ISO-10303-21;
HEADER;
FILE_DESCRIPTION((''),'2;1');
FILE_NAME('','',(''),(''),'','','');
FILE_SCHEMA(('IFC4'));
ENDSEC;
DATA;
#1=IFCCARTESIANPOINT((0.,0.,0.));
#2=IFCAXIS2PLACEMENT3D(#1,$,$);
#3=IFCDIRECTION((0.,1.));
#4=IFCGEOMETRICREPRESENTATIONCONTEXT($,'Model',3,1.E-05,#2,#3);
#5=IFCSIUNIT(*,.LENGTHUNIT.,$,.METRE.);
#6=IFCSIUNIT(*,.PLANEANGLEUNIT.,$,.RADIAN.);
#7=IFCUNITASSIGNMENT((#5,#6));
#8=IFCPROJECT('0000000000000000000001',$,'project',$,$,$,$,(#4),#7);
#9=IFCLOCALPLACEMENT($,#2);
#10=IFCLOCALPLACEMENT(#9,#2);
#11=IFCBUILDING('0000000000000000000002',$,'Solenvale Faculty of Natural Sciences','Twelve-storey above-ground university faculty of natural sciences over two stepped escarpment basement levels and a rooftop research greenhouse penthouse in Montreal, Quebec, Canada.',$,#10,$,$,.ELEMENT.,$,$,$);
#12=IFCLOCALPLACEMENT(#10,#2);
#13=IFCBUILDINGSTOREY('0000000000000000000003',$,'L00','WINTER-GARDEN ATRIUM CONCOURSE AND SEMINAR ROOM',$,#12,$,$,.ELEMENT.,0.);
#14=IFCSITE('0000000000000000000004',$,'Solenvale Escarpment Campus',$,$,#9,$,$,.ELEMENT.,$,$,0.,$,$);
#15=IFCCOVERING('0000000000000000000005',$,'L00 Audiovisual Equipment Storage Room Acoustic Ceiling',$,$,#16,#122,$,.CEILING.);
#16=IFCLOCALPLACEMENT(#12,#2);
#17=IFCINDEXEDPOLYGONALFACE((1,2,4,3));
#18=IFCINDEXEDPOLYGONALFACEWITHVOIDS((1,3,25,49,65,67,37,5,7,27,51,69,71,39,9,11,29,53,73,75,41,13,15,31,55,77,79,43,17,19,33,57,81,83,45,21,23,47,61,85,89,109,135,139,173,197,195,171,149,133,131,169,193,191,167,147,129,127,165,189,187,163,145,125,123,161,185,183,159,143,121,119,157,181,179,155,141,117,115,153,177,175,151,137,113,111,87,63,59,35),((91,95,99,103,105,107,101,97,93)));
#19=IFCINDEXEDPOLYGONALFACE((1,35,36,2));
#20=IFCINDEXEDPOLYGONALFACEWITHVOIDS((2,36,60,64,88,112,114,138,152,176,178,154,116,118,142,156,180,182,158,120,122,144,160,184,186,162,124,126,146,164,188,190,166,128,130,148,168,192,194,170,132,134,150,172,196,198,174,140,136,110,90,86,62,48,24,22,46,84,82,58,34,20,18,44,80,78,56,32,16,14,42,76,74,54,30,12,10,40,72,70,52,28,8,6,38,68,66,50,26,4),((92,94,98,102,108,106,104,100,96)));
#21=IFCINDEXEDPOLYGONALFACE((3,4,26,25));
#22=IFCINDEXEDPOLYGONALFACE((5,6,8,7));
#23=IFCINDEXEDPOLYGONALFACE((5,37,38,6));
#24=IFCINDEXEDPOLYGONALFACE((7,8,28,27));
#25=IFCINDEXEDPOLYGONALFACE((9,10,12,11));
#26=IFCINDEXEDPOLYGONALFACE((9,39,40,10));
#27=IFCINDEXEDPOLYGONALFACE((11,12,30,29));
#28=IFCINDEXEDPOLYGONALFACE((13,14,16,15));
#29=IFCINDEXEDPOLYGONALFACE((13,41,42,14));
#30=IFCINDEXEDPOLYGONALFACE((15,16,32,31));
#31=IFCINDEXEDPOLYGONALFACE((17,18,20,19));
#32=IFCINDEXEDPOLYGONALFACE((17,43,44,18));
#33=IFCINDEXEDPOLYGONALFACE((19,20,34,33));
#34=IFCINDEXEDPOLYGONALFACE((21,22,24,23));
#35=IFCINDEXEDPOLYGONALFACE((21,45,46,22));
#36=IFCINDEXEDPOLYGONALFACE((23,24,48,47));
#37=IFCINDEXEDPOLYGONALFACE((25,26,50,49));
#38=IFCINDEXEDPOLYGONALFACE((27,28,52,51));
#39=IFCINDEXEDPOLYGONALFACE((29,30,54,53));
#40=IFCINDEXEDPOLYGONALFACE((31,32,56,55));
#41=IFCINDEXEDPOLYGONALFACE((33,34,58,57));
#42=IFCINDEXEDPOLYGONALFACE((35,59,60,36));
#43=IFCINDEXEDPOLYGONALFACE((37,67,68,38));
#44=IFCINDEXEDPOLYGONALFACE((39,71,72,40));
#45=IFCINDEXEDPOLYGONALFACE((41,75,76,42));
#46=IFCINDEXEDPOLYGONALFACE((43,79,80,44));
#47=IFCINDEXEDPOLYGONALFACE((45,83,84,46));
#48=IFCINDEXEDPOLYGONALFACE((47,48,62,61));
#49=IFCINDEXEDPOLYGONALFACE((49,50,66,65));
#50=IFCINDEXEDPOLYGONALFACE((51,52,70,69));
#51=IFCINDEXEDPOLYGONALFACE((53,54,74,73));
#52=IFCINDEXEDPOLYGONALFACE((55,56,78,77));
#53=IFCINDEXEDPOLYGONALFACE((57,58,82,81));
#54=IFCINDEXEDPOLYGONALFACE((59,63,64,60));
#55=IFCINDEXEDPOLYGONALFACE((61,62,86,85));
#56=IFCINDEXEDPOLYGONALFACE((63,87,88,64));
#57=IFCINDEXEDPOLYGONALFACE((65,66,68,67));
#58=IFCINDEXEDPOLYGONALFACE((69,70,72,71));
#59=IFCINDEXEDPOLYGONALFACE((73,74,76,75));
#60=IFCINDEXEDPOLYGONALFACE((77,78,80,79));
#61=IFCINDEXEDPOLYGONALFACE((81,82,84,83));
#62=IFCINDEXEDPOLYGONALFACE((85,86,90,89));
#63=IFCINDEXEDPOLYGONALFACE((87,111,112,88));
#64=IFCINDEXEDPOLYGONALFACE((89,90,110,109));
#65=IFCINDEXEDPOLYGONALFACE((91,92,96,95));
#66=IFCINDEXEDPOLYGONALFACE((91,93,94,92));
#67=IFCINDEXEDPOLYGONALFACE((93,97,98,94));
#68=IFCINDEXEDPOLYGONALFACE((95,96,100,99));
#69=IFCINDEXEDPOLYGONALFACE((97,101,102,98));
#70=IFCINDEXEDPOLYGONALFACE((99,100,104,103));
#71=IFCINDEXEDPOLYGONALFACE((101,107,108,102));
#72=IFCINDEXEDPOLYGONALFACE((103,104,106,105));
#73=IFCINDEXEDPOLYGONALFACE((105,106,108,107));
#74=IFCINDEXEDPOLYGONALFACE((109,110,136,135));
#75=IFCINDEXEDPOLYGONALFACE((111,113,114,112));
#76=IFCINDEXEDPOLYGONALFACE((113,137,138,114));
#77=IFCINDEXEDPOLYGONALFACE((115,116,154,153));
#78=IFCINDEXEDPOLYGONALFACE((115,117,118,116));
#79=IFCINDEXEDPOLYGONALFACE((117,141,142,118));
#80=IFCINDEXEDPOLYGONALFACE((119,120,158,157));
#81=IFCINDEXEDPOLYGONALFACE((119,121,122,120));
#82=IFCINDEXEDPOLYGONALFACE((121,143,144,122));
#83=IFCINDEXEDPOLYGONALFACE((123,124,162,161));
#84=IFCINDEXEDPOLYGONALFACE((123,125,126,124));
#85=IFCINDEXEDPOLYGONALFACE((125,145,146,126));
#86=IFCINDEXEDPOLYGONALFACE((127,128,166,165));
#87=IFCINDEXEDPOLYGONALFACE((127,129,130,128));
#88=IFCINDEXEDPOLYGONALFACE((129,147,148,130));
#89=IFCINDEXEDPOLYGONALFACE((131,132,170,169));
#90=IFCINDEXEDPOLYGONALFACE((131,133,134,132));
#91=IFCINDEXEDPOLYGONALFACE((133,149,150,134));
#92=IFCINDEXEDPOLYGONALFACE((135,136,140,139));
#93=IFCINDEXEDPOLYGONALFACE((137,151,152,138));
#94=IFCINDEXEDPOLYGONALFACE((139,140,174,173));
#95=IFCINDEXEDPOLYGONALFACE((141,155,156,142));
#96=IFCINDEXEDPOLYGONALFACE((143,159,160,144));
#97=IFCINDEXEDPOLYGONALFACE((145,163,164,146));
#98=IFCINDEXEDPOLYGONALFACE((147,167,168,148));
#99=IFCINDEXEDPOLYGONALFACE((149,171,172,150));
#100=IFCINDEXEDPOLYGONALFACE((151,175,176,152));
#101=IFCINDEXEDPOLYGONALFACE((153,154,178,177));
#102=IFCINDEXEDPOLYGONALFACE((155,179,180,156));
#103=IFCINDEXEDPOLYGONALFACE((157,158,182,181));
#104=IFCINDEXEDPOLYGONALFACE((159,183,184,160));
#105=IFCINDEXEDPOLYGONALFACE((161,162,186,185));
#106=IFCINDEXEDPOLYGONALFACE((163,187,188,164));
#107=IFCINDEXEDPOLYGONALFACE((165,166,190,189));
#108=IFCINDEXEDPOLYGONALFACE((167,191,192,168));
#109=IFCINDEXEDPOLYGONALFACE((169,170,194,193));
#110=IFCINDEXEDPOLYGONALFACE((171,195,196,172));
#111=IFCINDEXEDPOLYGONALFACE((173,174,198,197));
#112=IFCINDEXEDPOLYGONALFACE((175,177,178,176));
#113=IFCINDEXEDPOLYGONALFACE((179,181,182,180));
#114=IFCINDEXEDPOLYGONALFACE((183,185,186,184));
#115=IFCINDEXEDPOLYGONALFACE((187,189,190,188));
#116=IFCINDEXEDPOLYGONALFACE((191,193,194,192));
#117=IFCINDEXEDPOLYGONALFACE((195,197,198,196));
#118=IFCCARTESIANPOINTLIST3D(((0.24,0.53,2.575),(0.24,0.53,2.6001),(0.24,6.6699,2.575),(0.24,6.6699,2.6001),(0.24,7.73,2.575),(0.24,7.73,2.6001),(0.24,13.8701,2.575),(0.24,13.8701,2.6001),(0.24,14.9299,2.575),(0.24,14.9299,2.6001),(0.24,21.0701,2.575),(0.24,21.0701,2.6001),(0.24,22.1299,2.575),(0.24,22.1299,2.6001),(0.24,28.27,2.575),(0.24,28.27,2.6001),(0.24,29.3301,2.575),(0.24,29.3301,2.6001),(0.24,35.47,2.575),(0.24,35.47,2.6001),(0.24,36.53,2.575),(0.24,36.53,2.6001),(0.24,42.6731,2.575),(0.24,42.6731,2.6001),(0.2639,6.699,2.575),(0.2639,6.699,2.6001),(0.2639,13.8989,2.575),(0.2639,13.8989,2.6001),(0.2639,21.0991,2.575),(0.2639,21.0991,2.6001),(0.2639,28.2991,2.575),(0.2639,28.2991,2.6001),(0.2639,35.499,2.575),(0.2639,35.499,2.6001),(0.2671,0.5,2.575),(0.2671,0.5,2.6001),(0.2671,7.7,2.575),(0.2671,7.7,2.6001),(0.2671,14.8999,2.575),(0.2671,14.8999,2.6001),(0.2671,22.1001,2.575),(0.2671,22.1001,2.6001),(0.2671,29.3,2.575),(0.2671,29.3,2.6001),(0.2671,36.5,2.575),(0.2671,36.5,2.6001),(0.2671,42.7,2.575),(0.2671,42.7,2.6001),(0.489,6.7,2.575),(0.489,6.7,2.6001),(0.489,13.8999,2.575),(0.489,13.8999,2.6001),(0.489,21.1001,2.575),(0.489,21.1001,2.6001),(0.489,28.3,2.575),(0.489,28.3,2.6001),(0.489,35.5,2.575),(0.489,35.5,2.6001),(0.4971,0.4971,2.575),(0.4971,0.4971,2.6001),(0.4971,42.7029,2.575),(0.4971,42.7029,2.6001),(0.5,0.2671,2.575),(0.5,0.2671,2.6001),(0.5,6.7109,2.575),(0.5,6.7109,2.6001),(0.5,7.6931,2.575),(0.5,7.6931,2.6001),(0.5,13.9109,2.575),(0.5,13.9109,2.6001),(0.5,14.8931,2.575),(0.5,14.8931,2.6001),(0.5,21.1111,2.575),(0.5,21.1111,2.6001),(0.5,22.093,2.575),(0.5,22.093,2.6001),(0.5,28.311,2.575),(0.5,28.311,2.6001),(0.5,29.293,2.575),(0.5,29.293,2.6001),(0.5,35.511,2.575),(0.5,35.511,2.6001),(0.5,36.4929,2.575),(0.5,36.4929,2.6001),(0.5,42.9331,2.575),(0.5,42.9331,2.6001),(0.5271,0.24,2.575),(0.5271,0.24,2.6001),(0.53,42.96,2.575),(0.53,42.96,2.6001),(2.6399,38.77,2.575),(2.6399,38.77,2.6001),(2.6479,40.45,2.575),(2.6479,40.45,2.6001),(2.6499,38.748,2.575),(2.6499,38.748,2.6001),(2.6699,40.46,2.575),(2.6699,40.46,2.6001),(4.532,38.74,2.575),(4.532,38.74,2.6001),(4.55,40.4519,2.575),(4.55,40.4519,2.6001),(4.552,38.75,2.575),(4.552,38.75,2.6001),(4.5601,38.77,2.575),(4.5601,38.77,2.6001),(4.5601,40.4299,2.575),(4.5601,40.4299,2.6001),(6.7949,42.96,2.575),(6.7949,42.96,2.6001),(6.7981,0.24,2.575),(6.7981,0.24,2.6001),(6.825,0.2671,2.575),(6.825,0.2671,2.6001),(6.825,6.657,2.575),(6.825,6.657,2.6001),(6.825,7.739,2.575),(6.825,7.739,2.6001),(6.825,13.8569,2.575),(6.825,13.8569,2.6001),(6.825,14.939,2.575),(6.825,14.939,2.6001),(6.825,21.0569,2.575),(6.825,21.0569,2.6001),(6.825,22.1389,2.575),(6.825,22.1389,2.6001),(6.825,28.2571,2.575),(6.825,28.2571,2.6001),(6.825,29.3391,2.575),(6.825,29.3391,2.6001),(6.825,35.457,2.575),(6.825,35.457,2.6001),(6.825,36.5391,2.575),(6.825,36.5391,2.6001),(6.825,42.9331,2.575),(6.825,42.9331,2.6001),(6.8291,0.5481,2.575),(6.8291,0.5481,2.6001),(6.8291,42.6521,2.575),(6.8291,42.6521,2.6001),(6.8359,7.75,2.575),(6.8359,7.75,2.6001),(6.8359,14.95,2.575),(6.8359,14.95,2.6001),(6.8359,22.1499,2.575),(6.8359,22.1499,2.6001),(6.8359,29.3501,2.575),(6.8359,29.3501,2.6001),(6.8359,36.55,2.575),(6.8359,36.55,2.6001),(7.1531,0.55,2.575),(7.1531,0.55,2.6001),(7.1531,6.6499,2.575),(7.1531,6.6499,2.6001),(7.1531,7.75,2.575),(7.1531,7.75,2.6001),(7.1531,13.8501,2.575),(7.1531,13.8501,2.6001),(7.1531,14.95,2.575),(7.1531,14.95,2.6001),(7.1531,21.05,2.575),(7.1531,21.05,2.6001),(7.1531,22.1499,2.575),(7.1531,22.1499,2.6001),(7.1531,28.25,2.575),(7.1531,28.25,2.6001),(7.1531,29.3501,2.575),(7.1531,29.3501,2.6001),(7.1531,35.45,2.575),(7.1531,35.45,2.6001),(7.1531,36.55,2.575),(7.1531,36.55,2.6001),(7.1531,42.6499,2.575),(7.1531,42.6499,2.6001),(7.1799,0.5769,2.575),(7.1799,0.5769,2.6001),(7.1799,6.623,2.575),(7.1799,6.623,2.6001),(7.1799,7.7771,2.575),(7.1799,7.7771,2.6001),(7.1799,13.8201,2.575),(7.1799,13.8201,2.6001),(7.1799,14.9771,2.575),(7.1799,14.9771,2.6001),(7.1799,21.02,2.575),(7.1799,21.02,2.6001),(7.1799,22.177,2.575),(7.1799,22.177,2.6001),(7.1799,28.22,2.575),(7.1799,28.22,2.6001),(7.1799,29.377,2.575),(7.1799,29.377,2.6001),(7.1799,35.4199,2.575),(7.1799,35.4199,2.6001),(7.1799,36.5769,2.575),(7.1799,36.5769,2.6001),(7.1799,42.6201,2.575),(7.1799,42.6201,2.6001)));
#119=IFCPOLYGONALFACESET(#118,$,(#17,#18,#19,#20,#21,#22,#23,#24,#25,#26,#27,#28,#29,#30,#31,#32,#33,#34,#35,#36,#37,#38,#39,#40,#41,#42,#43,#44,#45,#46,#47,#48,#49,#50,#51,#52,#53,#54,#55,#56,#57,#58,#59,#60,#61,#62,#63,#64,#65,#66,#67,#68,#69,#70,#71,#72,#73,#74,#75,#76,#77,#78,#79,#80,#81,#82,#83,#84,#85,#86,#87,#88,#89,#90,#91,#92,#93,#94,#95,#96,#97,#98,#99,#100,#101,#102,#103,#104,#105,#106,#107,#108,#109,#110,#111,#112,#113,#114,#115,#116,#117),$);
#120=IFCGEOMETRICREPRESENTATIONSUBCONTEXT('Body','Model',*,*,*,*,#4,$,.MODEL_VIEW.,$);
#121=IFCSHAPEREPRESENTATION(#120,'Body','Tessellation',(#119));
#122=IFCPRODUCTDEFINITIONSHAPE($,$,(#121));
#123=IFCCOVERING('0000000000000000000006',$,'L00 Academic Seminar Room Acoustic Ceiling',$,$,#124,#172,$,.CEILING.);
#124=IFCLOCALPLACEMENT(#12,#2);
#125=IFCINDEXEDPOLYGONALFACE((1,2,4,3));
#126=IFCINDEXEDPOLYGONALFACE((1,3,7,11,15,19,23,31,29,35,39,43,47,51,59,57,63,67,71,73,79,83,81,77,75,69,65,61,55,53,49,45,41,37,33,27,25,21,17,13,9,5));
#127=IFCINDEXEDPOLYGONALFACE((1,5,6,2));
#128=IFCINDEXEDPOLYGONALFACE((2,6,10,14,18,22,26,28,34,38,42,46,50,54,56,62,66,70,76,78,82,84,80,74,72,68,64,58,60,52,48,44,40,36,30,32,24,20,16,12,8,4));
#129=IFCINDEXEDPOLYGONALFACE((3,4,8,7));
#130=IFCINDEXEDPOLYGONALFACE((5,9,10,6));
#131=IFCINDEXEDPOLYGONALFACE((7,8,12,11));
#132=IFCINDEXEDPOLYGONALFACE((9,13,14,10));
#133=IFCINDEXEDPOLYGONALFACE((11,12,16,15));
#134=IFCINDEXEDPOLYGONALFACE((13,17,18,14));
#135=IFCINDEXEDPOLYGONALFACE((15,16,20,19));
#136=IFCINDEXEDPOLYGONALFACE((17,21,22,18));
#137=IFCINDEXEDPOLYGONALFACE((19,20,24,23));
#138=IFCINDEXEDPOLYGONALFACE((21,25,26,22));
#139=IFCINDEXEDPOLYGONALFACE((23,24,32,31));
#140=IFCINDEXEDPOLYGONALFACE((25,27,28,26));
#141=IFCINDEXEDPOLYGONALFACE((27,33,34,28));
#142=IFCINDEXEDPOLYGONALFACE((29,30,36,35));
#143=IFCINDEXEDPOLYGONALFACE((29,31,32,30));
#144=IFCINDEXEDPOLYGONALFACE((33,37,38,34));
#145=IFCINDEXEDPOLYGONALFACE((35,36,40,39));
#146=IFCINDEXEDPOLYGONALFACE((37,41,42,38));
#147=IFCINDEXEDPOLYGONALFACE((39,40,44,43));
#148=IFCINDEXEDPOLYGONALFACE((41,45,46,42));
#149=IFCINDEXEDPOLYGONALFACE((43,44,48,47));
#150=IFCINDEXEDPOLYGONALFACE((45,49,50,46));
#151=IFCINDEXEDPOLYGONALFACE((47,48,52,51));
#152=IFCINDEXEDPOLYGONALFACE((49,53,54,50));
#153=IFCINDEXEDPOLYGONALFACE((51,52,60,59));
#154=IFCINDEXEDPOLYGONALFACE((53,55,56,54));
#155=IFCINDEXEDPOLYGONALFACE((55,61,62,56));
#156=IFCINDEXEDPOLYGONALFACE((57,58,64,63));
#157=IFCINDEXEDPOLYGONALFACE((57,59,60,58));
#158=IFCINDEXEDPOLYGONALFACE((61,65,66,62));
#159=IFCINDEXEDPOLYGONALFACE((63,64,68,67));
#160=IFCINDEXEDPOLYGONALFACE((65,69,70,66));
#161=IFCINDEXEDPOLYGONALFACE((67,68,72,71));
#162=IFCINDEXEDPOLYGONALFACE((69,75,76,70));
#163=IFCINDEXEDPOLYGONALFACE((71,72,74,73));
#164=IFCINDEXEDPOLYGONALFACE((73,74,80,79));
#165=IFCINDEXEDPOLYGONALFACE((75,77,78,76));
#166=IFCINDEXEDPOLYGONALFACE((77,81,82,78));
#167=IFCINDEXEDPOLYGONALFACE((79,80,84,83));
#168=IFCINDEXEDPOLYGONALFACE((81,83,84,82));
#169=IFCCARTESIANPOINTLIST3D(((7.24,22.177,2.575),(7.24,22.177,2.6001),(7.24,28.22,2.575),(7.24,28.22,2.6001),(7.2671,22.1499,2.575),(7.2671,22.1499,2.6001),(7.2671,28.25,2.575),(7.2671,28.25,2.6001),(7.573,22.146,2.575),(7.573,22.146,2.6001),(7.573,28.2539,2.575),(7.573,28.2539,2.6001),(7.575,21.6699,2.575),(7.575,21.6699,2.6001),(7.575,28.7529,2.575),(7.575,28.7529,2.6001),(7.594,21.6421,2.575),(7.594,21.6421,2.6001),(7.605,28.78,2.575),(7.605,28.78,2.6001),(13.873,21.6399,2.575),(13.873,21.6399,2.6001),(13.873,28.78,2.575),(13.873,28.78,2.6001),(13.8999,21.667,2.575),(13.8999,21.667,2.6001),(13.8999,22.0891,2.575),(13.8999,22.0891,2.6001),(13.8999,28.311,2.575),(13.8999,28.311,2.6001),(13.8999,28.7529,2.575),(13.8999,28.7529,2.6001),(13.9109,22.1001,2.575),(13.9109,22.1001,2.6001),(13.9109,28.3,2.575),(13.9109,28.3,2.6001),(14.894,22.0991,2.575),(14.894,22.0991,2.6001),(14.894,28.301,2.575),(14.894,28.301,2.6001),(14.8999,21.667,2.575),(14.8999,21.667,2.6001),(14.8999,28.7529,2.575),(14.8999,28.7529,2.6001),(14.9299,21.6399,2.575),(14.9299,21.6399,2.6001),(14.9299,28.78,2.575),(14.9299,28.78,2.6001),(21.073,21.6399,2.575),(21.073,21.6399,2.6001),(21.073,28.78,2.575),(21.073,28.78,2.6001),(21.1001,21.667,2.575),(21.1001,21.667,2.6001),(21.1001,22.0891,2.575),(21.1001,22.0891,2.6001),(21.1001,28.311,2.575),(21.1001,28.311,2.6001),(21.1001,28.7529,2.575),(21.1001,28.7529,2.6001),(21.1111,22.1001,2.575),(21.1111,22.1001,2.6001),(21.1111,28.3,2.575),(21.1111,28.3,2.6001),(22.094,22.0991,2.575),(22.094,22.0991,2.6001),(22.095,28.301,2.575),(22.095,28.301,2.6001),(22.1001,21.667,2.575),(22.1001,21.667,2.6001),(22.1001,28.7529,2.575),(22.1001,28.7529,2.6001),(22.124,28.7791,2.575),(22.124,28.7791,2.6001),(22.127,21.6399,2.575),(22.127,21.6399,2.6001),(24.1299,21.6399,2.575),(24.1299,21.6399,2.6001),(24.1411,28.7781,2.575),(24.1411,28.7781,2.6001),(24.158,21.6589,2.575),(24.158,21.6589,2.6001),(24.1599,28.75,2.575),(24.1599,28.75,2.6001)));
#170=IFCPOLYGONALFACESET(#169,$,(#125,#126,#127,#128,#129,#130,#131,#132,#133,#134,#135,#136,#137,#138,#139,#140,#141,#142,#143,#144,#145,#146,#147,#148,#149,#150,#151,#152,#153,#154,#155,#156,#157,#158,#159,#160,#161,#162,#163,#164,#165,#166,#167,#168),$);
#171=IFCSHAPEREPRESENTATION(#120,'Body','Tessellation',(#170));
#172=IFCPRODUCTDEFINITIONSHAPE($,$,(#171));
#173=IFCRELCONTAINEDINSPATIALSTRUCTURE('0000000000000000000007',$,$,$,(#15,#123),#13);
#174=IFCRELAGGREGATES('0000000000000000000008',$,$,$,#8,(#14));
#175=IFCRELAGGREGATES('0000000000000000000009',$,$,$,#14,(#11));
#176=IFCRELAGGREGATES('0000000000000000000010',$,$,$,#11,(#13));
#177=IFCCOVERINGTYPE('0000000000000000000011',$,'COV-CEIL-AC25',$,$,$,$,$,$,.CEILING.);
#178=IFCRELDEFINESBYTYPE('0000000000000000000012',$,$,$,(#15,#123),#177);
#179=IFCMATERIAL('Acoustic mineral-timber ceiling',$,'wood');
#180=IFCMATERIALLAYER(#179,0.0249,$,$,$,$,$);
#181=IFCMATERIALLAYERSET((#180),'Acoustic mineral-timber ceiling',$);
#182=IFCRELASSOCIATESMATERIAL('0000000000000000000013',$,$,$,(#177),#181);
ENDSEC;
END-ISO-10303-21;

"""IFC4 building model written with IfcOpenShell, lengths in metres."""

from ifc_helpers import new_model, si_unit, direction, frame, origin, place, context, subcontext, project, spatial, polyline, outline, extrude, material, layer, layer_set, type_object, element, save


model = new_model("IFC4")

# Units and contexts
model_context = context("Model", 3, precision=1e-05, world=origin(), true_north=direction((0.0, 1.0)))
body_context = subcontext(model_context, "Body", "Model", "MODEL_VIEW")
ifc_project = project(units=[si_unit("LENGTHUNIT", "METRE"), si_unit("PLANEANGLEUNIT", "RADIAN")], contexts=[model_context])

# Site, building, storey
site_placement = place(None, origin())
site = spatial("IfcSite", under=ifc_project, at=site_placement, Name="Solenvale Escarpment Campus", CompositionType="ELEMENT", RefElevation=0.0)
building_placement = place(site_placement, origin())
building = spatial("IfcBuilding", under=site, at=building_placement, Name="Solenvale Faculty of Natural Sciences", Description="Twelve-storey above-ground university faculty of natural sciences over two stepped escarpment basement levels and a rooftop research greenhouse penthouse in Montreal, Quebec, Canada.", CompositionType="ELEMENT")
storey_placement = place(building_placement, origin())
storey = spatial("IfcBuildingStorey", under=building, at=storey_placement, Name="L00", Description="WINTER-GARDEN ATRIUM CONCOURSE AND SEMINAR ROOM", CompositionType="ELEMENT", Elevation=0.0)

# Coverings
ifc_material_1 = material(Name="Acoustic mineral-timber ceiling", Category="wood")
ifc_layer_1 = layer(ifc_material_1, 0.0249)
ifc_layer_set_1 = layer_set([ifc_layer_1], Name="Acoustic mineral-timber ceiling")
covering_type_1 = type_object("IfcCoveringType", Name="COV-CEIL-AC25", PredefinedType="CEILING", material=ifc_layer_set_1)
covering_1_placement = place(storey_placement, frame((0.0, 0.0, 2.575)))
element("IfcCovering", 1, at=covering_1_placement, inside=storey, type_object=covering_type_1, Name="L00 Audiovisual Equipment Storage Room Acoustic Ceiling", PredefinedType="CEILING", context=body_context, shape_type="SweptSolid", body=[
    extrude(outline(polyline([(6.7949, 42.96), (6.825, 42.9331), (6.8291, 42.6521), (7.1531, 42.6499), (7.1799, 42.6201), (7.1799, 36.5769), (7.1531, 36.55), (6.8359, 36.55), (6.825, 36.5391), (6.825, 35.457), (7.1531, 35.45), (7.1799, 35.4199), (7.1799, 29.377), (7.1531, 29.3501), (6.8359, 29.3501), (6.825, 29.3391), (6.825, 28.2571), (7.1531, 28.25), (7.1799, 28.22), (7.1799, 22.177), (7.1531, 22.1499), (6.8359, 22.1499), (6.825, 22.1389), (6.825, 21.0569), (7.1531, 21.05), (7.1799, 21.02), (7.1799, 14.9771), (7.1531, 14.95), (6.8359, 14.95), (6.825, 14.939), (6.825, 13.8569), (7.1531, 13.8501), (7.1799, 13.8201), (7.1799, 7.7771), (7.1531, 7.75), (6.8359, 7.75), (6.825, 7.739), (6.825, 6.657), (7.1531, 6.6499), (7.1799, 6.623), (7.1799, 0.5769), (7.1531, 0.55), (6.8291, 0.5481), (6.825, 0.2671), (6.7981, 0.24), (0.5271, 0.24), (0.5, 0.2671), (0.4971, 0.4971), (0.2671, 0.5), (0.24, 0.53), (0.24, 6.6699), (0.2639, 6.699), (0.489, 6.7), (0.5, 6.7109), (0.5, 7.6931), (0.2671, 7.7), (0.24, 7.73), (0.24, 13.8701), (0.2639, 13.8989), (0.489, 13.8999), (0.5, 13.9109), (0.5, 14.8931), (0.2671, 14.8999), (0.24, 14.9299), (0.24, 21.0701), (0.2639, 21.0991), (0.489, 21.1001), (0.5, 21.1111), (0.5, 22.093), (0.2671, 22.1001), (0.24, 22.1299), (0.24, 28.27), (0.2639, 28.2991), (0.489, 28.3), (0.5, 28.311), (0.5, 29.293), (0.2671, 29.3), (0.24, 29.3301), (0.24, 35.47), (0.2639, 35.499), (0.489, 35.5), (0.5, 35.511), (0.5, 36.4929), (0.2671, 36.5), (0.24, 36.53), (0.24, 42.6731), (0.2671, 42.7), (0.4971, 42.7029), (0.5, 42.9331), (0.53, 42.96), (6.7949, 42.96)]), holes=[polyline([(4.532, 38.74), (4.552, 38.75), (4.5601, 38.77), (4.5601, 40.4299), (4.55, 40.4519), (2.6699, 40.46), (2.6479, 40.45), (2.6399, 38.77), (2.6499, 38.748), (4.532, 38.74)])]), origin(), (0.0, 0.0, 1.0), 0.0251),
])
covering_2_placement = place(storey_placement, frame((0.0, 0.0, 2.575)))
element("IfcCovering", 2, at=covering_2_placement, inside=storey, type_object=covering_type_1, Name="L00 Academic Seminar Room Acoustic Ceiling", PredefinedType="CEILING", context=body_context, shape_type="SweptSolid", body=[
    extrude(outline(polyline([(7.24, 28.22), (7.2671, 28.25), (7.573, 28.2539), (7.575, 28.7529), (7.605, 28.78), (13.873, 28.78), (13.8999, 28.7529), (13.8999, 28.311), (13.9109, 28.3), (14.894, 28.301), (14.8999, 28.7529), (14.9299, 28.78), (21.073, 28.78), (21.1001, 28.7529), (21.1001, 28.311), (21.1111, 28.3), (22.095, 28.301), (22.1001, 28.7529), (22.124, 28.7791), (24.1411, 28.7781), (24.1599, 28.75), (24.158, 21.6589), (24.1299, 21.6399), (22.127, 21.6399), (22.1001, 21.667), (22.094, 22.0991), (21.1111, 22.1001), (21.1001, 22.0891), (21.1001, 21.667), (21.073, 21.6399), (14.9299, 21.6399), (14.8999, 21.667), (14.894, 22.0991), (13.9109, 22.1001), (13.8999, 22.0891), (13.8999, 21.667), (13.873, 21.6399), (7.594, 21.6421), (7.575, 21.6699), (7.573, 22.146), (7.2671, 22.1499), (7.24, 22.177), (7.24, 28.22)])), origin(), (0.0, 0.0, 1.0), 0.0251),
])

save(model, "model.ifc")
